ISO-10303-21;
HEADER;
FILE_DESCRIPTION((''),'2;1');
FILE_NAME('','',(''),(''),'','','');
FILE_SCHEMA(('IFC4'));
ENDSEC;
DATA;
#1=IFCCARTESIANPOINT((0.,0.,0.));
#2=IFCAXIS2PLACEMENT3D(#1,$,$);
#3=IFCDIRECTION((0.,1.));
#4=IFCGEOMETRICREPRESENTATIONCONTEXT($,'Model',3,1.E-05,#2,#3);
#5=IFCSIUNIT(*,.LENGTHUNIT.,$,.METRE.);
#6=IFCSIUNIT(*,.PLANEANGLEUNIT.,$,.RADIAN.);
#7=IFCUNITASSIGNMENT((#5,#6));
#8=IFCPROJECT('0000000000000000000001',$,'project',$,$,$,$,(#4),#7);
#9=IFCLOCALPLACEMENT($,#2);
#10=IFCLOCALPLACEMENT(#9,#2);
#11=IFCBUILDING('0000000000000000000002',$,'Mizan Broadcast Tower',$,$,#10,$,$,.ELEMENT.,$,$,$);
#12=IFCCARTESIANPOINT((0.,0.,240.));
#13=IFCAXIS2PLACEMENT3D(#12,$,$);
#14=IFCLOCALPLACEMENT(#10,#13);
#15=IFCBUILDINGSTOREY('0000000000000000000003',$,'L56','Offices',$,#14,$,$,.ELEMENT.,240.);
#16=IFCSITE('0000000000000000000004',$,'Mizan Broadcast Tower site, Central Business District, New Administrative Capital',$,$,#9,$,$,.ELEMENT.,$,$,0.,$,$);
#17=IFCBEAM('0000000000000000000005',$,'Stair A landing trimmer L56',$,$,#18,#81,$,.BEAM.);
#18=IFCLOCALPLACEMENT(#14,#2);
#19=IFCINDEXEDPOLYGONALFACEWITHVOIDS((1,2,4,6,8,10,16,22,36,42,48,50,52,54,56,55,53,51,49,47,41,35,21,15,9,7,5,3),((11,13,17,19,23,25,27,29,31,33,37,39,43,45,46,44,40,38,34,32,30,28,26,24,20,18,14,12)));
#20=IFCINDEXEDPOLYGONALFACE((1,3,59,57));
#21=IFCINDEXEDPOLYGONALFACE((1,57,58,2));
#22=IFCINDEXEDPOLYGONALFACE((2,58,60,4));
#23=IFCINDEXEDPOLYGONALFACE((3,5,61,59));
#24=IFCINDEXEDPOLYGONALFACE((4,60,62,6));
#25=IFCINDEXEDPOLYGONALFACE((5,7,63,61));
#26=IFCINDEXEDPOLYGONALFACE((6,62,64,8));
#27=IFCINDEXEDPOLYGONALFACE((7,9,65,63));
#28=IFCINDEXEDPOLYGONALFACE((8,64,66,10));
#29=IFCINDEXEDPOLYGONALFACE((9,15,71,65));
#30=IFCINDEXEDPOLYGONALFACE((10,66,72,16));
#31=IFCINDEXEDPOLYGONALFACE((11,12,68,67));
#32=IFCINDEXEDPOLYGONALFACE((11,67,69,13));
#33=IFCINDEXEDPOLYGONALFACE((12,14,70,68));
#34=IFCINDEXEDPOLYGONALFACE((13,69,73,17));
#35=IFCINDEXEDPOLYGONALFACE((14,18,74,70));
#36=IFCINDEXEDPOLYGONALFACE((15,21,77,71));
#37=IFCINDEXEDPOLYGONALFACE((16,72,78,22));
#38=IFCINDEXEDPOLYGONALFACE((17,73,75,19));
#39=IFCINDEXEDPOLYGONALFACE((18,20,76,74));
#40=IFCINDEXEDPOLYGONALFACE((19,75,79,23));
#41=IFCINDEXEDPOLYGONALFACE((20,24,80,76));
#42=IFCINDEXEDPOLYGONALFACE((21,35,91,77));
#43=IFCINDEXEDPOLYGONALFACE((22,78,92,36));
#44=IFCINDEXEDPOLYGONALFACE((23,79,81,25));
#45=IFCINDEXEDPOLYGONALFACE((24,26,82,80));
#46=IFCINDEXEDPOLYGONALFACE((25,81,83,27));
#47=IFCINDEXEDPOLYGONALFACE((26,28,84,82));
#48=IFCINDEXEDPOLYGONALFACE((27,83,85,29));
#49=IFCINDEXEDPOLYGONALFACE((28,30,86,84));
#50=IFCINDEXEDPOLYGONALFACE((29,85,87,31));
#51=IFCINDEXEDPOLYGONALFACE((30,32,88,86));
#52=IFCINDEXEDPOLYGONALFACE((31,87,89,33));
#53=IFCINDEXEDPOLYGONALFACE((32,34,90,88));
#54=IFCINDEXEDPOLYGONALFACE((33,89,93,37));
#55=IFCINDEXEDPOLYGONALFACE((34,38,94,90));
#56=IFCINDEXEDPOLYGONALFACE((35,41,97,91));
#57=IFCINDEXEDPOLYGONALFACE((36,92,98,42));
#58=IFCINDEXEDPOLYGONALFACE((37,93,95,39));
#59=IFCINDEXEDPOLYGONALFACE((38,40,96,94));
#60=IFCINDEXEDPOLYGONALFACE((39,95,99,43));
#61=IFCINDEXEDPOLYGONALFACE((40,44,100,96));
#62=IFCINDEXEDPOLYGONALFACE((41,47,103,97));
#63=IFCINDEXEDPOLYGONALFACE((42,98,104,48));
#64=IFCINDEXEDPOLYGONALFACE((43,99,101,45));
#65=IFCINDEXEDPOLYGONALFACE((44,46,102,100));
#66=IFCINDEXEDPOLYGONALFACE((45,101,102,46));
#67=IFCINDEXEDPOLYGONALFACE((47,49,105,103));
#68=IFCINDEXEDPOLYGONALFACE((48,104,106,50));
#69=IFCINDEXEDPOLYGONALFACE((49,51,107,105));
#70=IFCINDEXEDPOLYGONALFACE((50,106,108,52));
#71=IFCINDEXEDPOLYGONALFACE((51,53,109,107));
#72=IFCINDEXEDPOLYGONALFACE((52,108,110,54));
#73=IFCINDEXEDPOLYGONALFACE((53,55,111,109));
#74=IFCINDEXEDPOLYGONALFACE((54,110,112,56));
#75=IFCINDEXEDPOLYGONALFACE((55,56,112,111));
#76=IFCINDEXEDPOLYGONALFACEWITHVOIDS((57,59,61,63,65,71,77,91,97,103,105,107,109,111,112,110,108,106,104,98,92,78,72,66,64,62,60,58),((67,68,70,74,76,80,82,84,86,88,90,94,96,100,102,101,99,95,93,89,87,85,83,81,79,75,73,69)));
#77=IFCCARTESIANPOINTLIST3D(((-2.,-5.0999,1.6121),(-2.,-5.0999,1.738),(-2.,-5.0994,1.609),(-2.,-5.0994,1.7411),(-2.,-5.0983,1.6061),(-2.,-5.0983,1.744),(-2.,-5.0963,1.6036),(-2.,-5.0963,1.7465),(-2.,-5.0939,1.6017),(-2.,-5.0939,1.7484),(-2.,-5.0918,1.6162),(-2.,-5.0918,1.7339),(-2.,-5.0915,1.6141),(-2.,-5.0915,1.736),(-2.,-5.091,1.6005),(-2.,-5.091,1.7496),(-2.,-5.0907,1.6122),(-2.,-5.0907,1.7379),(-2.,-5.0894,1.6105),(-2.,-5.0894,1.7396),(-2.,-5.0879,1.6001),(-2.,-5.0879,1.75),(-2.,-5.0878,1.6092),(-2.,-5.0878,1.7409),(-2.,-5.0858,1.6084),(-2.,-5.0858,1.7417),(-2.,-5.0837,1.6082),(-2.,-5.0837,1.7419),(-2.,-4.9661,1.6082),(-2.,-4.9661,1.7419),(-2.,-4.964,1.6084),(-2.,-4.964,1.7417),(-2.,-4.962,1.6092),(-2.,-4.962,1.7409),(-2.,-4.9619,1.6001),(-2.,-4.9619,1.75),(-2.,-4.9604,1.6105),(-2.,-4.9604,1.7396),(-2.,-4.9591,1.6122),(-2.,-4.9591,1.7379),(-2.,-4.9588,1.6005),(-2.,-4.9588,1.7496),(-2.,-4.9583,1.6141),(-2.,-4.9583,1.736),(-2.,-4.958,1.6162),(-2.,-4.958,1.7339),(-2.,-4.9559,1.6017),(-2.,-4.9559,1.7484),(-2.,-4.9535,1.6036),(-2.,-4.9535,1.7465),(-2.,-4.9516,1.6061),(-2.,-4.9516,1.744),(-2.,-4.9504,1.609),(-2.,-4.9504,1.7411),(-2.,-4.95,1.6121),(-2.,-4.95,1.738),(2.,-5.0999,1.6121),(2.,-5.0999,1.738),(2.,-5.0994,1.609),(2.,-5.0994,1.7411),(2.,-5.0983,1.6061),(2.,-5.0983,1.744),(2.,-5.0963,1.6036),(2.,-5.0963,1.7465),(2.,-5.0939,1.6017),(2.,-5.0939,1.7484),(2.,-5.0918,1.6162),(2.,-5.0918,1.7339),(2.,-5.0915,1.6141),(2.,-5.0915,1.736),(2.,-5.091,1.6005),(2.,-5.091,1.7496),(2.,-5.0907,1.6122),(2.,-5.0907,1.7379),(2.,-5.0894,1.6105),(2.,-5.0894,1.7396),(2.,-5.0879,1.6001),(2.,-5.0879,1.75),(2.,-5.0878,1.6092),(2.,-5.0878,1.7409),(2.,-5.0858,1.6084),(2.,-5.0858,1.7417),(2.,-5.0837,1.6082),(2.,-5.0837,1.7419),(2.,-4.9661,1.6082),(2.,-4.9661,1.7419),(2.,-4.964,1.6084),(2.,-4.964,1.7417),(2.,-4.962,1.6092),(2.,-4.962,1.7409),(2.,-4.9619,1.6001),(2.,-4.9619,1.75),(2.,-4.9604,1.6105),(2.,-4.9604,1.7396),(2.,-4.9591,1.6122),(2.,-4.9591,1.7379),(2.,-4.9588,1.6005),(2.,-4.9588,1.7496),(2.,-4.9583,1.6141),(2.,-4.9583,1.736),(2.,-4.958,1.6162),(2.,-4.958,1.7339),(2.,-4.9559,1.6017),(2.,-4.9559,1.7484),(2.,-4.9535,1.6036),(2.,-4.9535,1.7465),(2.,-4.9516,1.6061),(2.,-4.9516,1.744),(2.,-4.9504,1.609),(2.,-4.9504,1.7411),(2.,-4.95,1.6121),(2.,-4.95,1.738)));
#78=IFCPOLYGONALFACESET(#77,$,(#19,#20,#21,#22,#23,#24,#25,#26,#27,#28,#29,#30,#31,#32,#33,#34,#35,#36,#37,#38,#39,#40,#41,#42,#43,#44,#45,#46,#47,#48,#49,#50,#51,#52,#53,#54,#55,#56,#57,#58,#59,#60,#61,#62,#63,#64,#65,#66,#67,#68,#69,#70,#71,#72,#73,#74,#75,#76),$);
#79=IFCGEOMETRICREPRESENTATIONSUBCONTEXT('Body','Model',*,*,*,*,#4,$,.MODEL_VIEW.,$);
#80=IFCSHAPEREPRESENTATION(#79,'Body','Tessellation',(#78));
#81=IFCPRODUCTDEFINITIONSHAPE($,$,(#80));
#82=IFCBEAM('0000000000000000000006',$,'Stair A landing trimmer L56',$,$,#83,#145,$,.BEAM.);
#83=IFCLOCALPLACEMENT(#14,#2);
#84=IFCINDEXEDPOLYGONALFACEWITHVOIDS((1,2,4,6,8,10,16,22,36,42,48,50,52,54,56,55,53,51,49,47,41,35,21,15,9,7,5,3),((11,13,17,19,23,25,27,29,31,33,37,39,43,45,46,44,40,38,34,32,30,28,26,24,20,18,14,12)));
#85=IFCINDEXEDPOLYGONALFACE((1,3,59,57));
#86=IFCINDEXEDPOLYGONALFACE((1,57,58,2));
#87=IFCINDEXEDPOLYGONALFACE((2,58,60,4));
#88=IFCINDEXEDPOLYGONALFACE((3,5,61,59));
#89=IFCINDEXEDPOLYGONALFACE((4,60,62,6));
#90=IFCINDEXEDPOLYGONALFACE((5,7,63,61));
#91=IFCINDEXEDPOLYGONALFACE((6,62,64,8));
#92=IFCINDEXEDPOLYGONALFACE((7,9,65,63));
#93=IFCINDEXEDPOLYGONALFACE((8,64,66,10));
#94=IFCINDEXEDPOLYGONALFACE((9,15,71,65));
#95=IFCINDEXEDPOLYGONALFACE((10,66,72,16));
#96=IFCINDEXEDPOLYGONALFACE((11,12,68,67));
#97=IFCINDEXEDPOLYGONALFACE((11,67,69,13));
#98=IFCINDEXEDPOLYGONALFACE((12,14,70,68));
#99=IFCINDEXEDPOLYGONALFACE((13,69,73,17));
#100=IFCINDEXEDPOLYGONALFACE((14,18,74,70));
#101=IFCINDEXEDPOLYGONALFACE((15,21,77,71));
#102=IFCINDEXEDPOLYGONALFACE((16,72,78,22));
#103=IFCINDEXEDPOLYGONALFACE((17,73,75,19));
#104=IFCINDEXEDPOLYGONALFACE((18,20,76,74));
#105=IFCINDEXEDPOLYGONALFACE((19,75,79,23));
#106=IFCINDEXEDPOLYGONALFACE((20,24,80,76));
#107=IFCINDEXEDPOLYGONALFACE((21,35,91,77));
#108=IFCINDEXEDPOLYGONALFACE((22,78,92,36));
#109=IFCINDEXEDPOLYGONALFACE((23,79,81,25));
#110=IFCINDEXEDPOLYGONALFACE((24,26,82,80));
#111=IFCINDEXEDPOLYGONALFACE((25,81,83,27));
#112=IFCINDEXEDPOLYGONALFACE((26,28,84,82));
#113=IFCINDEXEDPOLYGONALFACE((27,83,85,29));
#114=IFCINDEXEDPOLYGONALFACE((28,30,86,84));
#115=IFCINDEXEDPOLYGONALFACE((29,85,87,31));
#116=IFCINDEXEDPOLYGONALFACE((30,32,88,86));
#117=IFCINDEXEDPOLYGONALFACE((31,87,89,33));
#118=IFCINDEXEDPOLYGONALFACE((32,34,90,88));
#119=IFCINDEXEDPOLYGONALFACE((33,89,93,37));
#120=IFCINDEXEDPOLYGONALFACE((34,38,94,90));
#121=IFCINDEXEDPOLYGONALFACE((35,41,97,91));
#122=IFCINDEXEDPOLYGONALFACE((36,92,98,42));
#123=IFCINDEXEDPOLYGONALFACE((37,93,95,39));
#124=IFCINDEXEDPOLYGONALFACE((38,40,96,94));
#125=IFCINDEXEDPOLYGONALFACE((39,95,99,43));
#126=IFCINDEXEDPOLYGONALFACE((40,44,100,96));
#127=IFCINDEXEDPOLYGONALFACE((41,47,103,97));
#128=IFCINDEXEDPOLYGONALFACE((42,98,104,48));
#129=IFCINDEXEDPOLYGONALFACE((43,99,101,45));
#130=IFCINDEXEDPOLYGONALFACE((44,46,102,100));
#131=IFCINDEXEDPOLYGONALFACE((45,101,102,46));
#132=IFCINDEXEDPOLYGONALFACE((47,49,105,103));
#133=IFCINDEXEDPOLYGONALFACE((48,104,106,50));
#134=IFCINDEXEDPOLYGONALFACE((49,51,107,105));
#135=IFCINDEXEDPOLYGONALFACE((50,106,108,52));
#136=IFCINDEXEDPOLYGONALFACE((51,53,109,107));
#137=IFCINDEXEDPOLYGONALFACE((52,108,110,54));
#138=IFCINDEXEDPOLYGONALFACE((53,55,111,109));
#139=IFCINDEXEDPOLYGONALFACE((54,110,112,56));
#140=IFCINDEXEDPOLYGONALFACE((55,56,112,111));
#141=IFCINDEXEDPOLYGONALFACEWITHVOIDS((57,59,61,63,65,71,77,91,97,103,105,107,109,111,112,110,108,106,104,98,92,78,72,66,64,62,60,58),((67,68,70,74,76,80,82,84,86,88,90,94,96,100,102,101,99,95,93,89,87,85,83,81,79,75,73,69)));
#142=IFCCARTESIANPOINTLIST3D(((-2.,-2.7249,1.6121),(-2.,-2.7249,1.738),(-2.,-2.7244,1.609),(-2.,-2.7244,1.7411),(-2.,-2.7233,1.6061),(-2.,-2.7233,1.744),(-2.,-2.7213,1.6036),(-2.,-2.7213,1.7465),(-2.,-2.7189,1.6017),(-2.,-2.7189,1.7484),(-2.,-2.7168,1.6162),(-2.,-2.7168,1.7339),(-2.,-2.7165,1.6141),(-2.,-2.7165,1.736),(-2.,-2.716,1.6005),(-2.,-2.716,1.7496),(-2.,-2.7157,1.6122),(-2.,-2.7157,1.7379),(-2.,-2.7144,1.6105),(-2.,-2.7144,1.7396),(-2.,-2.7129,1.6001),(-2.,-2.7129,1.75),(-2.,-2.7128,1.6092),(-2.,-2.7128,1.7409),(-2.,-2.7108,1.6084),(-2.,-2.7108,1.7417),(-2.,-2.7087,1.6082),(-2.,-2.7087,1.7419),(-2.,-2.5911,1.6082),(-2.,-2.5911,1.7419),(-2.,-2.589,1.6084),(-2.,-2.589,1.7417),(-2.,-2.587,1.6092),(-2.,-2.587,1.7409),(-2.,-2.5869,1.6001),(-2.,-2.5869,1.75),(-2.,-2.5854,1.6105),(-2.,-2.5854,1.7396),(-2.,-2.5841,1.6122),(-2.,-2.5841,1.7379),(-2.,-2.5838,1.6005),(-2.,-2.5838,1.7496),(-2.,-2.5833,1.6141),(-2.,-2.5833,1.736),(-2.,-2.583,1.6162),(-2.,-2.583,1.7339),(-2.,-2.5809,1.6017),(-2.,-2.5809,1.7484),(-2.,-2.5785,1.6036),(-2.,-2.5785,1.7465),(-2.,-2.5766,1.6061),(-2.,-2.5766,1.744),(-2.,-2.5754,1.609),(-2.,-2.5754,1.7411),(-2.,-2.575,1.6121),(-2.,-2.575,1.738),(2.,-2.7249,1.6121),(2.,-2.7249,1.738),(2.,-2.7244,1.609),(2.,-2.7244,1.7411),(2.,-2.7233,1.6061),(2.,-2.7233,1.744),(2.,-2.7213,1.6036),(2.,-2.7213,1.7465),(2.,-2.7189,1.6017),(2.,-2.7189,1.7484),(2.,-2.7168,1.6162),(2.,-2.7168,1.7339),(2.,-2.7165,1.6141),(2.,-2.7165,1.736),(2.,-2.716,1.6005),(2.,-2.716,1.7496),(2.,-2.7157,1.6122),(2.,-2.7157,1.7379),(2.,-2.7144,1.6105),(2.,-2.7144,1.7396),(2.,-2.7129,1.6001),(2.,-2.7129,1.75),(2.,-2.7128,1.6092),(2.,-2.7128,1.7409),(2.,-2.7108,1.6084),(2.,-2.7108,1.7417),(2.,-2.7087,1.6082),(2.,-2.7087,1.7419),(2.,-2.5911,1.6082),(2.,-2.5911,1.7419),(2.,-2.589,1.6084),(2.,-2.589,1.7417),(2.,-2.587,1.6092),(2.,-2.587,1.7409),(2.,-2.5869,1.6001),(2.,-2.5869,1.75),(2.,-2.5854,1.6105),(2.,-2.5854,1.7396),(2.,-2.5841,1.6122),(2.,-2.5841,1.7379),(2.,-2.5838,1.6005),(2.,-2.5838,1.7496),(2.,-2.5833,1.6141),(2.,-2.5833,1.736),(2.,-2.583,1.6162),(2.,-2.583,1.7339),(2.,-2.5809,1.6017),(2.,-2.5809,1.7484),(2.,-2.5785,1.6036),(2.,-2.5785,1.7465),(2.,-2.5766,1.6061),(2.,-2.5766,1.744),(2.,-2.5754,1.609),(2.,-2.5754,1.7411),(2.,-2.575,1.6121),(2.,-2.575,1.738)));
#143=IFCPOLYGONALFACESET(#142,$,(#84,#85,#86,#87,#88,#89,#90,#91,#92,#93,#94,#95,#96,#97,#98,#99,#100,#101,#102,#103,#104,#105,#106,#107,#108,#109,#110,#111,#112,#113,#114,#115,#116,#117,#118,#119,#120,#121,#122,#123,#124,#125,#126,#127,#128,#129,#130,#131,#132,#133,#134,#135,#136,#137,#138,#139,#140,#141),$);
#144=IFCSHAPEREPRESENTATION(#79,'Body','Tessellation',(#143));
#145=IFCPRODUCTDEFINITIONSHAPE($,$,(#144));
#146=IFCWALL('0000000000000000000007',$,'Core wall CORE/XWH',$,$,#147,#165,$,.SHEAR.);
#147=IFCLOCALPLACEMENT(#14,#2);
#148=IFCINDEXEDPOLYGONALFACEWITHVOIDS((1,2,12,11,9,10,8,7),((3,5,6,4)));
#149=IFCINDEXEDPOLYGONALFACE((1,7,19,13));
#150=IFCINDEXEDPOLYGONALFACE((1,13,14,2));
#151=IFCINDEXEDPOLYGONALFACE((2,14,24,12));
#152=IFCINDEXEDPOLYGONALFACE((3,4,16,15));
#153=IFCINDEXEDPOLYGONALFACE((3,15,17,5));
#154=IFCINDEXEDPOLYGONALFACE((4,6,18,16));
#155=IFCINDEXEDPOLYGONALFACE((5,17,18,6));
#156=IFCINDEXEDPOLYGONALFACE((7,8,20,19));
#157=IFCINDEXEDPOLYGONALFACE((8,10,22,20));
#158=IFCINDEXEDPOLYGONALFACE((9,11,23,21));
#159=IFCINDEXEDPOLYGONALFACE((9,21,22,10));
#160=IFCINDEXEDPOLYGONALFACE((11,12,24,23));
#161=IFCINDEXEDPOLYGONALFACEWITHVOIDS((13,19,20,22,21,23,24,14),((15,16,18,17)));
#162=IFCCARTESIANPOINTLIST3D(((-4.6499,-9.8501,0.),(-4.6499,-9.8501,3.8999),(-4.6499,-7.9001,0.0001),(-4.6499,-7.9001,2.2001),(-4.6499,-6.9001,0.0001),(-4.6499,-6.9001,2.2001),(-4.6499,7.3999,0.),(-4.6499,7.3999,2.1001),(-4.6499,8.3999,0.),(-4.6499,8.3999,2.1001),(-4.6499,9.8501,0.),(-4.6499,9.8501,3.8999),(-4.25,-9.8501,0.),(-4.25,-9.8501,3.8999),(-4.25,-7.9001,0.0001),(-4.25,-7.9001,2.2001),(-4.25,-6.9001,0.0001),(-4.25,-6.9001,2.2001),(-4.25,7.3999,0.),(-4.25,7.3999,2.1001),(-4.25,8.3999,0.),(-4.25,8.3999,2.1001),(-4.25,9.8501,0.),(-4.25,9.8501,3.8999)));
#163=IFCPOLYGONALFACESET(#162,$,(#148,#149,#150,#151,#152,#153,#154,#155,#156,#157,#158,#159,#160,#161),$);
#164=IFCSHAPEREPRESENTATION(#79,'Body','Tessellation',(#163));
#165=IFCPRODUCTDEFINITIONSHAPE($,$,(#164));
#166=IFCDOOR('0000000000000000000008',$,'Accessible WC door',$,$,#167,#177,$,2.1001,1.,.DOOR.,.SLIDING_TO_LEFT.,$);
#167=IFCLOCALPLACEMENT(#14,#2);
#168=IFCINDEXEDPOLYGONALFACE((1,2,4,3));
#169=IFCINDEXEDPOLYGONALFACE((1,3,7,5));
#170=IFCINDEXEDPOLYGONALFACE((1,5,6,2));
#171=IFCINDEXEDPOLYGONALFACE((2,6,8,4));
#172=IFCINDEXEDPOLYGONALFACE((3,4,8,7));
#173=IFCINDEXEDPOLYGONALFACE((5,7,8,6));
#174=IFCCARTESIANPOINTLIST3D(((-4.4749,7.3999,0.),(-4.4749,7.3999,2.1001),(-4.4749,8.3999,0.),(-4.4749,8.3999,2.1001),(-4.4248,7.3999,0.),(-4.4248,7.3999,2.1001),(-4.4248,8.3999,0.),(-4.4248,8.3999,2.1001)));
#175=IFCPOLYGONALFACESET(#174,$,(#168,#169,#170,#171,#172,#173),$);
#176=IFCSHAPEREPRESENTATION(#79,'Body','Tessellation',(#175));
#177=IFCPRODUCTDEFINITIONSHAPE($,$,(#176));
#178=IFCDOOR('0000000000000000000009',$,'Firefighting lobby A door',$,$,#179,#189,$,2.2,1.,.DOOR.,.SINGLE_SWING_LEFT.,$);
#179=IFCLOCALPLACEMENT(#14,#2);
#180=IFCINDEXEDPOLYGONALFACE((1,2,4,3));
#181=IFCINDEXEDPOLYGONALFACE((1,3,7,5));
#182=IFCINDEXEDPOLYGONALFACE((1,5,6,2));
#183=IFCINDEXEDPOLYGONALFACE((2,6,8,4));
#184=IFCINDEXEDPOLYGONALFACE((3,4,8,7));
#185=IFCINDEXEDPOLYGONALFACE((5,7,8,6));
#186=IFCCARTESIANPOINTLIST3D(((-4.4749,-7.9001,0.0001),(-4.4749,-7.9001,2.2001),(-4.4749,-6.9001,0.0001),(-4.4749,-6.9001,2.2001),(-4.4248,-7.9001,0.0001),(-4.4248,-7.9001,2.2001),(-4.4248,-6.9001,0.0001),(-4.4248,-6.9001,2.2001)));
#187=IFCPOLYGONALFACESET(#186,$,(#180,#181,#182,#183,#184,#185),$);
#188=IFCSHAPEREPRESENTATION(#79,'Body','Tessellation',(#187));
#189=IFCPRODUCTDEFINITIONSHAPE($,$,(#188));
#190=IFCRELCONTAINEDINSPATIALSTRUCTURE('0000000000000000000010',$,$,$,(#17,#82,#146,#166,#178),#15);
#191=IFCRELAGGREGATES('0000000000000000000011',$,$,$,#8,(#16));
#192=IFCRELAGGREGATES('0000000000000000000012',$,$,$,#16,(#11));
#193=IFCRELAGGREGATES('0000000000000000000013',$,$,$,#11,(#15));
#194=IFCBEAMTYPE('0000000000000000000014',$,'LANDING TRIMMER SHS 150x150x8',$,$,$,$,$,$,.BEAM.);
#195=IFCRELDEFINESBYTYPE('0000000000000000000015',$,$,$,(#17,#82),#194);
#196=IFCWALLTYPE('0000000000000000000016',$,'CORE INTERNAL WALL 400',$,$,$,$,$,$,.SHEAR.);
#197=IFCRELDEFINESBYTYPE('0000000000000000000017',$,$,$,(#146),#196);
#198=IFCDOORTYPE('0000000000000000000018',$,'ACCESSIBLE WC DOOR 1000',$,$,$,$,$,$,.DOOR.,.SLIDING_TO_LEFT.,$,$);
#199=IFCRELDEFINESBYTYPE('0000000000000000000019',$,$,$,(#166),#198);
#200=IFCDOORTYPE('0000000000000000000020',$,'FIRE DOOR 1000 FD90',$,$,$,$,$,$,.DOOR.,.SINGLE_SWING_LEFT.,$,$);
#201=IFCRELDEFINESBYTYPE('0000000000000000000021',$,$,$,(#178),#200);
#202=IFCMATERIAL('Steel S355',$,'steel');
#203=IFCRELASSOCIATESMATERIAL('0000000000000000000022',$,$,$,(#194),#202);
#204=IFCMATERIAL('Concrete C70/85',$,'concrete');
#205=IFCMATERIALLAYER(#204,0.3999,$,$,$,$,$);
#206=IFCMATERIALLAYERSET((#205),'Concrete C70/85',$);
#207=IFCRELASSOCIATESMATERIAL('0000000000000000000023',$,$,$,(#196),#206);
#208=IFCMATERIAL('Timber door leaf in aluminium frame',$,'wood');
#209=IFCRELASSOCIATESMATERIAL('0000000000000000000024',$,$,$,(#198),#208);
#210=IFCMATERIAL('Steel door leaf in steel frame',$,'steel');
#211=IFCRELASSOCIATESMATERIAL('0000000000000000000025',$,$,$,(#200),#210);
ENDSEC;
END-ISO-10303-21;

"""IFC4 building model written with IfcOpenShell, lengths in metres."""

from ifc_helpers import new_model, si_unit, direction, frame, frame_2d, origin, origin_2d, place, context, subcontext, project, spatial, rectangle, hollow_rectangle, extrude, material, layer, layer_set, material_profile, profile_set, type_object, element, fill, save


model = new_model("IFC4")

# Units and contexts
model_context = context("Model", 3, precision=1e-05, world=origin(), true_north=direction((0.0, 1.0)))
body_context = subcontext(model_context, "Body", "Model", "MODEL_VIEW")
ifc_project = project(units=[si_unit("LENGTHUNIT", "METRE"), si_unit("PLANEANGLEUNIT", "RADIAN")], contexts=[model_context])

# Site, building, storey
site_placement = place(None, origin())
site = spatial("IfcSite", under=ifc_project, at=site_placement, Name="Mizan Broadcast Tower site, Central Business District, New Administrative Capital", CompositionType="ELEMENT", RefElevation=0.0)
building_placement = place(site_placement, origin())
building = spatial("IfcBuilding", under=site, at=building_placement, Name="Mizan Broadcast Tower", CompositionType="ELEMENT")
storey_placement = place(building_placement, frame((0.0, 0.0, 240.0)))
storey = spatial("IfcBuildingStorey", under=building, at=storey_placement, Name="L56", Description="Offices", CompositionType="ELEMENT", Elevation=240.0)

# Beams
ifc_material_1 = material(Name="Steel S355", Category="steel")
ifc_material_profile = material_profile(ifc_material_1, hollow_rectangle(XDim=0.1499, YDim=0.1499, WallThickness=0.0081, InnerFilletRadius=0.0081, OuterFilletRadius=0.012, at=origin_2d()), Name="SHS 150x150x8")
ifc_profile_set = profile_set([ifc_material_profile], Name="Steel S355")
beam_type = type_object("IfcBeamType", Name="LANDING TRIMMER SHS 150x150x8", PredefinedType="BEAM", material=ifc_profile_set)
for number, where, z_axis, x_axis, name in (
    (1, (-2.0, -5.0249, 1.675), (1.0, 0.0, 0.0), (0.0, 1.0, 0.0), "Stair A landing trimmer L56"),
    (2, (-2.0, -2.6499, 1.675), (1.0, 0.0, 0.0), (0.0, 1.0, 0.0), "Stair A landing trimmer L56"),
):
    element("IfcBeam", number, at=place(storey_placement, frame(where, z_axis=z_axis, x_axis=x_axis)), inside=storey, type_object=beam_type, Name=name, PredefinedType="BEAM", context=body_context, shape_type="SweptSolid", body=[
        extrude(hollow_rectangle(XDim=0.1499, YDim=0.1499, WallThickness=0.0081, InnerFilletRadius=0.0081, OuterFilletRadius=0.012, at=origin_2d()), origin(), (0.0, 0.0, 1.0), 4.0),
    ])

# Wall, openings, doors
ifc_material_2 = material(Name="Concrete C70/85", Category="concrete")
ifc_layer_1 = layer(ifc_material_2, 0.3999)
ifc_layer_set_1 = layer_set([ifc_layer_1], Name="Concrete C70/85")
wall_type_1 = type_object("IfcWallType", Name="CORE INTERNAL WALL 400", PredefinedType="SHEAR", material=ifc_layer_set_1)
wall_1_placement = place(storey_placement, frame((-4.45, -9.8501, 0.0), z_axis=(0.0, 0.0, 1.0), x_axis=(0.0, 1.0, 0.0)))
wall_1 = element("IfcWall", 3, at=wall_1_placement, inside=storey, type_object=wall_type_1, Name="Core wall CORE/XWH", PredefinedType="SHEAR", context=body_context, shape_type="SweptSolid", body=[
    extrude(rectangle(XDim=19.7002, YDim=0.3999, at=frame_2d((9.8501, 0.0))), origin(), (0.0, 0.0, 1.0), 3.8999),
])
opening_1_placement = place(wall_1_placement, frame((1.95, 0.0, 0.0)))
opening_1 = element("IfcOpeningElement", 4, at=opening_1_placement, cuts=wall_1, PredefinedType="OPENING", context=body_context, shape_type="SweptSolid", body=[
    extrude(rectangle(XDim=1.0, YDim=2.2, at=frame_2d((0.5, 1.1001))), frame((0.0, 0.21, 0.0), z_axis=(0.0, -1.0, 0.0), x_axis=(1.0, 0.0, 0.0)), (0.0, 0.0, 1.0), 0.4199),
])
opening_2_placement = place(wall_1_placement, frame((17.25, 0.0, 0.0)))
opening_2 = element("IfcOpeningElement", 5, at=opening_2_placement, cuts=wall_1, PredefinedType="OPENING", context=body_context, shape_type="SweptSolid", body=[
    extrude(rectangle(XDim=1.0, YDim=2.1001, at=frame_2d((0.5, 1.05))), frame((0.0, 0.21, 0.0), z_axis=(0.0, -1.0, 0.0), x_axis=(1.0, 0.0, 0.0)), (0.0, 0.0, 1.0), 0.4199),
])
ifc_material_3 = material(Name="Timber door leaf in aluminium frame", Category="wood")
door_type_1 = type_object("IfcDoorType", Name="ACCESSIBLE WC DOOR 1000", OperationType="SLIDING_TO_LEFT", PredefinedType="DOOR", material=ifc_material_3)
door_1_placement = place(opening_2_placement, origin())
door_1 = element("IfcDoor", 6, at=door_1_placement, inside=storey, type_object=door_type_1, Name="Accessible WC door", OperationType="SLIDING_TO_LEFT", OverallHeight=2.1001, OverallWidth=1.0, PredefinedType="DOOR", context=body_context, shape_type="SweptSolid", body=[
    extrude(rectangle(XDim=1.0, YDim=2.1001, at=frame_2d((0.5, 1.05))), frame((0.0, 0.0249, 0.0), z_axis=(0.0, -1.0, 0.0), x_axis=(1.0, 0.0, 0.0)), (0.0, 0.0, 1.0), 0.05),
])
fill(opening_2, door_1)
ifc_material_4 = material(Name="Steel door leaf in steel frame", Category="steel")
door_type_2 = type_object("IfcDoorType", Name="FIRE DOOR 1000 FD90", OperationType="SINGLE_SWING_LEFT", PredefinedType="DOOR", material=ifc_material_4)
door_2_placement = place(opening_1_placement, origin())
door_2 = element("IfcDoor", 7, at=door_2_placement, inside=storey, type_object=door_type_2, Name="Firefighting lobby A door", OperationType="SINGLE_SWING_LEFT", OverallHeight=2.2, OverallWidth=1.0, PredefinedType="DOOR", context=body_context, shape_type="SweptSolid", body=[
    extrude(rectangle(XDim=1.0, YDim=2.2, at=frame_2d((0.5, 1.1001))), frame((0.0, 0.0249, 0.0), z_axis=(0.0, -1.0, 0.0), x_axis=(1.0, 0.0, 0.0)), (0.0, 0.0, 1.0), 0.05),
])
fill(opening_1, door_2)

save(model, "model.ifc")
